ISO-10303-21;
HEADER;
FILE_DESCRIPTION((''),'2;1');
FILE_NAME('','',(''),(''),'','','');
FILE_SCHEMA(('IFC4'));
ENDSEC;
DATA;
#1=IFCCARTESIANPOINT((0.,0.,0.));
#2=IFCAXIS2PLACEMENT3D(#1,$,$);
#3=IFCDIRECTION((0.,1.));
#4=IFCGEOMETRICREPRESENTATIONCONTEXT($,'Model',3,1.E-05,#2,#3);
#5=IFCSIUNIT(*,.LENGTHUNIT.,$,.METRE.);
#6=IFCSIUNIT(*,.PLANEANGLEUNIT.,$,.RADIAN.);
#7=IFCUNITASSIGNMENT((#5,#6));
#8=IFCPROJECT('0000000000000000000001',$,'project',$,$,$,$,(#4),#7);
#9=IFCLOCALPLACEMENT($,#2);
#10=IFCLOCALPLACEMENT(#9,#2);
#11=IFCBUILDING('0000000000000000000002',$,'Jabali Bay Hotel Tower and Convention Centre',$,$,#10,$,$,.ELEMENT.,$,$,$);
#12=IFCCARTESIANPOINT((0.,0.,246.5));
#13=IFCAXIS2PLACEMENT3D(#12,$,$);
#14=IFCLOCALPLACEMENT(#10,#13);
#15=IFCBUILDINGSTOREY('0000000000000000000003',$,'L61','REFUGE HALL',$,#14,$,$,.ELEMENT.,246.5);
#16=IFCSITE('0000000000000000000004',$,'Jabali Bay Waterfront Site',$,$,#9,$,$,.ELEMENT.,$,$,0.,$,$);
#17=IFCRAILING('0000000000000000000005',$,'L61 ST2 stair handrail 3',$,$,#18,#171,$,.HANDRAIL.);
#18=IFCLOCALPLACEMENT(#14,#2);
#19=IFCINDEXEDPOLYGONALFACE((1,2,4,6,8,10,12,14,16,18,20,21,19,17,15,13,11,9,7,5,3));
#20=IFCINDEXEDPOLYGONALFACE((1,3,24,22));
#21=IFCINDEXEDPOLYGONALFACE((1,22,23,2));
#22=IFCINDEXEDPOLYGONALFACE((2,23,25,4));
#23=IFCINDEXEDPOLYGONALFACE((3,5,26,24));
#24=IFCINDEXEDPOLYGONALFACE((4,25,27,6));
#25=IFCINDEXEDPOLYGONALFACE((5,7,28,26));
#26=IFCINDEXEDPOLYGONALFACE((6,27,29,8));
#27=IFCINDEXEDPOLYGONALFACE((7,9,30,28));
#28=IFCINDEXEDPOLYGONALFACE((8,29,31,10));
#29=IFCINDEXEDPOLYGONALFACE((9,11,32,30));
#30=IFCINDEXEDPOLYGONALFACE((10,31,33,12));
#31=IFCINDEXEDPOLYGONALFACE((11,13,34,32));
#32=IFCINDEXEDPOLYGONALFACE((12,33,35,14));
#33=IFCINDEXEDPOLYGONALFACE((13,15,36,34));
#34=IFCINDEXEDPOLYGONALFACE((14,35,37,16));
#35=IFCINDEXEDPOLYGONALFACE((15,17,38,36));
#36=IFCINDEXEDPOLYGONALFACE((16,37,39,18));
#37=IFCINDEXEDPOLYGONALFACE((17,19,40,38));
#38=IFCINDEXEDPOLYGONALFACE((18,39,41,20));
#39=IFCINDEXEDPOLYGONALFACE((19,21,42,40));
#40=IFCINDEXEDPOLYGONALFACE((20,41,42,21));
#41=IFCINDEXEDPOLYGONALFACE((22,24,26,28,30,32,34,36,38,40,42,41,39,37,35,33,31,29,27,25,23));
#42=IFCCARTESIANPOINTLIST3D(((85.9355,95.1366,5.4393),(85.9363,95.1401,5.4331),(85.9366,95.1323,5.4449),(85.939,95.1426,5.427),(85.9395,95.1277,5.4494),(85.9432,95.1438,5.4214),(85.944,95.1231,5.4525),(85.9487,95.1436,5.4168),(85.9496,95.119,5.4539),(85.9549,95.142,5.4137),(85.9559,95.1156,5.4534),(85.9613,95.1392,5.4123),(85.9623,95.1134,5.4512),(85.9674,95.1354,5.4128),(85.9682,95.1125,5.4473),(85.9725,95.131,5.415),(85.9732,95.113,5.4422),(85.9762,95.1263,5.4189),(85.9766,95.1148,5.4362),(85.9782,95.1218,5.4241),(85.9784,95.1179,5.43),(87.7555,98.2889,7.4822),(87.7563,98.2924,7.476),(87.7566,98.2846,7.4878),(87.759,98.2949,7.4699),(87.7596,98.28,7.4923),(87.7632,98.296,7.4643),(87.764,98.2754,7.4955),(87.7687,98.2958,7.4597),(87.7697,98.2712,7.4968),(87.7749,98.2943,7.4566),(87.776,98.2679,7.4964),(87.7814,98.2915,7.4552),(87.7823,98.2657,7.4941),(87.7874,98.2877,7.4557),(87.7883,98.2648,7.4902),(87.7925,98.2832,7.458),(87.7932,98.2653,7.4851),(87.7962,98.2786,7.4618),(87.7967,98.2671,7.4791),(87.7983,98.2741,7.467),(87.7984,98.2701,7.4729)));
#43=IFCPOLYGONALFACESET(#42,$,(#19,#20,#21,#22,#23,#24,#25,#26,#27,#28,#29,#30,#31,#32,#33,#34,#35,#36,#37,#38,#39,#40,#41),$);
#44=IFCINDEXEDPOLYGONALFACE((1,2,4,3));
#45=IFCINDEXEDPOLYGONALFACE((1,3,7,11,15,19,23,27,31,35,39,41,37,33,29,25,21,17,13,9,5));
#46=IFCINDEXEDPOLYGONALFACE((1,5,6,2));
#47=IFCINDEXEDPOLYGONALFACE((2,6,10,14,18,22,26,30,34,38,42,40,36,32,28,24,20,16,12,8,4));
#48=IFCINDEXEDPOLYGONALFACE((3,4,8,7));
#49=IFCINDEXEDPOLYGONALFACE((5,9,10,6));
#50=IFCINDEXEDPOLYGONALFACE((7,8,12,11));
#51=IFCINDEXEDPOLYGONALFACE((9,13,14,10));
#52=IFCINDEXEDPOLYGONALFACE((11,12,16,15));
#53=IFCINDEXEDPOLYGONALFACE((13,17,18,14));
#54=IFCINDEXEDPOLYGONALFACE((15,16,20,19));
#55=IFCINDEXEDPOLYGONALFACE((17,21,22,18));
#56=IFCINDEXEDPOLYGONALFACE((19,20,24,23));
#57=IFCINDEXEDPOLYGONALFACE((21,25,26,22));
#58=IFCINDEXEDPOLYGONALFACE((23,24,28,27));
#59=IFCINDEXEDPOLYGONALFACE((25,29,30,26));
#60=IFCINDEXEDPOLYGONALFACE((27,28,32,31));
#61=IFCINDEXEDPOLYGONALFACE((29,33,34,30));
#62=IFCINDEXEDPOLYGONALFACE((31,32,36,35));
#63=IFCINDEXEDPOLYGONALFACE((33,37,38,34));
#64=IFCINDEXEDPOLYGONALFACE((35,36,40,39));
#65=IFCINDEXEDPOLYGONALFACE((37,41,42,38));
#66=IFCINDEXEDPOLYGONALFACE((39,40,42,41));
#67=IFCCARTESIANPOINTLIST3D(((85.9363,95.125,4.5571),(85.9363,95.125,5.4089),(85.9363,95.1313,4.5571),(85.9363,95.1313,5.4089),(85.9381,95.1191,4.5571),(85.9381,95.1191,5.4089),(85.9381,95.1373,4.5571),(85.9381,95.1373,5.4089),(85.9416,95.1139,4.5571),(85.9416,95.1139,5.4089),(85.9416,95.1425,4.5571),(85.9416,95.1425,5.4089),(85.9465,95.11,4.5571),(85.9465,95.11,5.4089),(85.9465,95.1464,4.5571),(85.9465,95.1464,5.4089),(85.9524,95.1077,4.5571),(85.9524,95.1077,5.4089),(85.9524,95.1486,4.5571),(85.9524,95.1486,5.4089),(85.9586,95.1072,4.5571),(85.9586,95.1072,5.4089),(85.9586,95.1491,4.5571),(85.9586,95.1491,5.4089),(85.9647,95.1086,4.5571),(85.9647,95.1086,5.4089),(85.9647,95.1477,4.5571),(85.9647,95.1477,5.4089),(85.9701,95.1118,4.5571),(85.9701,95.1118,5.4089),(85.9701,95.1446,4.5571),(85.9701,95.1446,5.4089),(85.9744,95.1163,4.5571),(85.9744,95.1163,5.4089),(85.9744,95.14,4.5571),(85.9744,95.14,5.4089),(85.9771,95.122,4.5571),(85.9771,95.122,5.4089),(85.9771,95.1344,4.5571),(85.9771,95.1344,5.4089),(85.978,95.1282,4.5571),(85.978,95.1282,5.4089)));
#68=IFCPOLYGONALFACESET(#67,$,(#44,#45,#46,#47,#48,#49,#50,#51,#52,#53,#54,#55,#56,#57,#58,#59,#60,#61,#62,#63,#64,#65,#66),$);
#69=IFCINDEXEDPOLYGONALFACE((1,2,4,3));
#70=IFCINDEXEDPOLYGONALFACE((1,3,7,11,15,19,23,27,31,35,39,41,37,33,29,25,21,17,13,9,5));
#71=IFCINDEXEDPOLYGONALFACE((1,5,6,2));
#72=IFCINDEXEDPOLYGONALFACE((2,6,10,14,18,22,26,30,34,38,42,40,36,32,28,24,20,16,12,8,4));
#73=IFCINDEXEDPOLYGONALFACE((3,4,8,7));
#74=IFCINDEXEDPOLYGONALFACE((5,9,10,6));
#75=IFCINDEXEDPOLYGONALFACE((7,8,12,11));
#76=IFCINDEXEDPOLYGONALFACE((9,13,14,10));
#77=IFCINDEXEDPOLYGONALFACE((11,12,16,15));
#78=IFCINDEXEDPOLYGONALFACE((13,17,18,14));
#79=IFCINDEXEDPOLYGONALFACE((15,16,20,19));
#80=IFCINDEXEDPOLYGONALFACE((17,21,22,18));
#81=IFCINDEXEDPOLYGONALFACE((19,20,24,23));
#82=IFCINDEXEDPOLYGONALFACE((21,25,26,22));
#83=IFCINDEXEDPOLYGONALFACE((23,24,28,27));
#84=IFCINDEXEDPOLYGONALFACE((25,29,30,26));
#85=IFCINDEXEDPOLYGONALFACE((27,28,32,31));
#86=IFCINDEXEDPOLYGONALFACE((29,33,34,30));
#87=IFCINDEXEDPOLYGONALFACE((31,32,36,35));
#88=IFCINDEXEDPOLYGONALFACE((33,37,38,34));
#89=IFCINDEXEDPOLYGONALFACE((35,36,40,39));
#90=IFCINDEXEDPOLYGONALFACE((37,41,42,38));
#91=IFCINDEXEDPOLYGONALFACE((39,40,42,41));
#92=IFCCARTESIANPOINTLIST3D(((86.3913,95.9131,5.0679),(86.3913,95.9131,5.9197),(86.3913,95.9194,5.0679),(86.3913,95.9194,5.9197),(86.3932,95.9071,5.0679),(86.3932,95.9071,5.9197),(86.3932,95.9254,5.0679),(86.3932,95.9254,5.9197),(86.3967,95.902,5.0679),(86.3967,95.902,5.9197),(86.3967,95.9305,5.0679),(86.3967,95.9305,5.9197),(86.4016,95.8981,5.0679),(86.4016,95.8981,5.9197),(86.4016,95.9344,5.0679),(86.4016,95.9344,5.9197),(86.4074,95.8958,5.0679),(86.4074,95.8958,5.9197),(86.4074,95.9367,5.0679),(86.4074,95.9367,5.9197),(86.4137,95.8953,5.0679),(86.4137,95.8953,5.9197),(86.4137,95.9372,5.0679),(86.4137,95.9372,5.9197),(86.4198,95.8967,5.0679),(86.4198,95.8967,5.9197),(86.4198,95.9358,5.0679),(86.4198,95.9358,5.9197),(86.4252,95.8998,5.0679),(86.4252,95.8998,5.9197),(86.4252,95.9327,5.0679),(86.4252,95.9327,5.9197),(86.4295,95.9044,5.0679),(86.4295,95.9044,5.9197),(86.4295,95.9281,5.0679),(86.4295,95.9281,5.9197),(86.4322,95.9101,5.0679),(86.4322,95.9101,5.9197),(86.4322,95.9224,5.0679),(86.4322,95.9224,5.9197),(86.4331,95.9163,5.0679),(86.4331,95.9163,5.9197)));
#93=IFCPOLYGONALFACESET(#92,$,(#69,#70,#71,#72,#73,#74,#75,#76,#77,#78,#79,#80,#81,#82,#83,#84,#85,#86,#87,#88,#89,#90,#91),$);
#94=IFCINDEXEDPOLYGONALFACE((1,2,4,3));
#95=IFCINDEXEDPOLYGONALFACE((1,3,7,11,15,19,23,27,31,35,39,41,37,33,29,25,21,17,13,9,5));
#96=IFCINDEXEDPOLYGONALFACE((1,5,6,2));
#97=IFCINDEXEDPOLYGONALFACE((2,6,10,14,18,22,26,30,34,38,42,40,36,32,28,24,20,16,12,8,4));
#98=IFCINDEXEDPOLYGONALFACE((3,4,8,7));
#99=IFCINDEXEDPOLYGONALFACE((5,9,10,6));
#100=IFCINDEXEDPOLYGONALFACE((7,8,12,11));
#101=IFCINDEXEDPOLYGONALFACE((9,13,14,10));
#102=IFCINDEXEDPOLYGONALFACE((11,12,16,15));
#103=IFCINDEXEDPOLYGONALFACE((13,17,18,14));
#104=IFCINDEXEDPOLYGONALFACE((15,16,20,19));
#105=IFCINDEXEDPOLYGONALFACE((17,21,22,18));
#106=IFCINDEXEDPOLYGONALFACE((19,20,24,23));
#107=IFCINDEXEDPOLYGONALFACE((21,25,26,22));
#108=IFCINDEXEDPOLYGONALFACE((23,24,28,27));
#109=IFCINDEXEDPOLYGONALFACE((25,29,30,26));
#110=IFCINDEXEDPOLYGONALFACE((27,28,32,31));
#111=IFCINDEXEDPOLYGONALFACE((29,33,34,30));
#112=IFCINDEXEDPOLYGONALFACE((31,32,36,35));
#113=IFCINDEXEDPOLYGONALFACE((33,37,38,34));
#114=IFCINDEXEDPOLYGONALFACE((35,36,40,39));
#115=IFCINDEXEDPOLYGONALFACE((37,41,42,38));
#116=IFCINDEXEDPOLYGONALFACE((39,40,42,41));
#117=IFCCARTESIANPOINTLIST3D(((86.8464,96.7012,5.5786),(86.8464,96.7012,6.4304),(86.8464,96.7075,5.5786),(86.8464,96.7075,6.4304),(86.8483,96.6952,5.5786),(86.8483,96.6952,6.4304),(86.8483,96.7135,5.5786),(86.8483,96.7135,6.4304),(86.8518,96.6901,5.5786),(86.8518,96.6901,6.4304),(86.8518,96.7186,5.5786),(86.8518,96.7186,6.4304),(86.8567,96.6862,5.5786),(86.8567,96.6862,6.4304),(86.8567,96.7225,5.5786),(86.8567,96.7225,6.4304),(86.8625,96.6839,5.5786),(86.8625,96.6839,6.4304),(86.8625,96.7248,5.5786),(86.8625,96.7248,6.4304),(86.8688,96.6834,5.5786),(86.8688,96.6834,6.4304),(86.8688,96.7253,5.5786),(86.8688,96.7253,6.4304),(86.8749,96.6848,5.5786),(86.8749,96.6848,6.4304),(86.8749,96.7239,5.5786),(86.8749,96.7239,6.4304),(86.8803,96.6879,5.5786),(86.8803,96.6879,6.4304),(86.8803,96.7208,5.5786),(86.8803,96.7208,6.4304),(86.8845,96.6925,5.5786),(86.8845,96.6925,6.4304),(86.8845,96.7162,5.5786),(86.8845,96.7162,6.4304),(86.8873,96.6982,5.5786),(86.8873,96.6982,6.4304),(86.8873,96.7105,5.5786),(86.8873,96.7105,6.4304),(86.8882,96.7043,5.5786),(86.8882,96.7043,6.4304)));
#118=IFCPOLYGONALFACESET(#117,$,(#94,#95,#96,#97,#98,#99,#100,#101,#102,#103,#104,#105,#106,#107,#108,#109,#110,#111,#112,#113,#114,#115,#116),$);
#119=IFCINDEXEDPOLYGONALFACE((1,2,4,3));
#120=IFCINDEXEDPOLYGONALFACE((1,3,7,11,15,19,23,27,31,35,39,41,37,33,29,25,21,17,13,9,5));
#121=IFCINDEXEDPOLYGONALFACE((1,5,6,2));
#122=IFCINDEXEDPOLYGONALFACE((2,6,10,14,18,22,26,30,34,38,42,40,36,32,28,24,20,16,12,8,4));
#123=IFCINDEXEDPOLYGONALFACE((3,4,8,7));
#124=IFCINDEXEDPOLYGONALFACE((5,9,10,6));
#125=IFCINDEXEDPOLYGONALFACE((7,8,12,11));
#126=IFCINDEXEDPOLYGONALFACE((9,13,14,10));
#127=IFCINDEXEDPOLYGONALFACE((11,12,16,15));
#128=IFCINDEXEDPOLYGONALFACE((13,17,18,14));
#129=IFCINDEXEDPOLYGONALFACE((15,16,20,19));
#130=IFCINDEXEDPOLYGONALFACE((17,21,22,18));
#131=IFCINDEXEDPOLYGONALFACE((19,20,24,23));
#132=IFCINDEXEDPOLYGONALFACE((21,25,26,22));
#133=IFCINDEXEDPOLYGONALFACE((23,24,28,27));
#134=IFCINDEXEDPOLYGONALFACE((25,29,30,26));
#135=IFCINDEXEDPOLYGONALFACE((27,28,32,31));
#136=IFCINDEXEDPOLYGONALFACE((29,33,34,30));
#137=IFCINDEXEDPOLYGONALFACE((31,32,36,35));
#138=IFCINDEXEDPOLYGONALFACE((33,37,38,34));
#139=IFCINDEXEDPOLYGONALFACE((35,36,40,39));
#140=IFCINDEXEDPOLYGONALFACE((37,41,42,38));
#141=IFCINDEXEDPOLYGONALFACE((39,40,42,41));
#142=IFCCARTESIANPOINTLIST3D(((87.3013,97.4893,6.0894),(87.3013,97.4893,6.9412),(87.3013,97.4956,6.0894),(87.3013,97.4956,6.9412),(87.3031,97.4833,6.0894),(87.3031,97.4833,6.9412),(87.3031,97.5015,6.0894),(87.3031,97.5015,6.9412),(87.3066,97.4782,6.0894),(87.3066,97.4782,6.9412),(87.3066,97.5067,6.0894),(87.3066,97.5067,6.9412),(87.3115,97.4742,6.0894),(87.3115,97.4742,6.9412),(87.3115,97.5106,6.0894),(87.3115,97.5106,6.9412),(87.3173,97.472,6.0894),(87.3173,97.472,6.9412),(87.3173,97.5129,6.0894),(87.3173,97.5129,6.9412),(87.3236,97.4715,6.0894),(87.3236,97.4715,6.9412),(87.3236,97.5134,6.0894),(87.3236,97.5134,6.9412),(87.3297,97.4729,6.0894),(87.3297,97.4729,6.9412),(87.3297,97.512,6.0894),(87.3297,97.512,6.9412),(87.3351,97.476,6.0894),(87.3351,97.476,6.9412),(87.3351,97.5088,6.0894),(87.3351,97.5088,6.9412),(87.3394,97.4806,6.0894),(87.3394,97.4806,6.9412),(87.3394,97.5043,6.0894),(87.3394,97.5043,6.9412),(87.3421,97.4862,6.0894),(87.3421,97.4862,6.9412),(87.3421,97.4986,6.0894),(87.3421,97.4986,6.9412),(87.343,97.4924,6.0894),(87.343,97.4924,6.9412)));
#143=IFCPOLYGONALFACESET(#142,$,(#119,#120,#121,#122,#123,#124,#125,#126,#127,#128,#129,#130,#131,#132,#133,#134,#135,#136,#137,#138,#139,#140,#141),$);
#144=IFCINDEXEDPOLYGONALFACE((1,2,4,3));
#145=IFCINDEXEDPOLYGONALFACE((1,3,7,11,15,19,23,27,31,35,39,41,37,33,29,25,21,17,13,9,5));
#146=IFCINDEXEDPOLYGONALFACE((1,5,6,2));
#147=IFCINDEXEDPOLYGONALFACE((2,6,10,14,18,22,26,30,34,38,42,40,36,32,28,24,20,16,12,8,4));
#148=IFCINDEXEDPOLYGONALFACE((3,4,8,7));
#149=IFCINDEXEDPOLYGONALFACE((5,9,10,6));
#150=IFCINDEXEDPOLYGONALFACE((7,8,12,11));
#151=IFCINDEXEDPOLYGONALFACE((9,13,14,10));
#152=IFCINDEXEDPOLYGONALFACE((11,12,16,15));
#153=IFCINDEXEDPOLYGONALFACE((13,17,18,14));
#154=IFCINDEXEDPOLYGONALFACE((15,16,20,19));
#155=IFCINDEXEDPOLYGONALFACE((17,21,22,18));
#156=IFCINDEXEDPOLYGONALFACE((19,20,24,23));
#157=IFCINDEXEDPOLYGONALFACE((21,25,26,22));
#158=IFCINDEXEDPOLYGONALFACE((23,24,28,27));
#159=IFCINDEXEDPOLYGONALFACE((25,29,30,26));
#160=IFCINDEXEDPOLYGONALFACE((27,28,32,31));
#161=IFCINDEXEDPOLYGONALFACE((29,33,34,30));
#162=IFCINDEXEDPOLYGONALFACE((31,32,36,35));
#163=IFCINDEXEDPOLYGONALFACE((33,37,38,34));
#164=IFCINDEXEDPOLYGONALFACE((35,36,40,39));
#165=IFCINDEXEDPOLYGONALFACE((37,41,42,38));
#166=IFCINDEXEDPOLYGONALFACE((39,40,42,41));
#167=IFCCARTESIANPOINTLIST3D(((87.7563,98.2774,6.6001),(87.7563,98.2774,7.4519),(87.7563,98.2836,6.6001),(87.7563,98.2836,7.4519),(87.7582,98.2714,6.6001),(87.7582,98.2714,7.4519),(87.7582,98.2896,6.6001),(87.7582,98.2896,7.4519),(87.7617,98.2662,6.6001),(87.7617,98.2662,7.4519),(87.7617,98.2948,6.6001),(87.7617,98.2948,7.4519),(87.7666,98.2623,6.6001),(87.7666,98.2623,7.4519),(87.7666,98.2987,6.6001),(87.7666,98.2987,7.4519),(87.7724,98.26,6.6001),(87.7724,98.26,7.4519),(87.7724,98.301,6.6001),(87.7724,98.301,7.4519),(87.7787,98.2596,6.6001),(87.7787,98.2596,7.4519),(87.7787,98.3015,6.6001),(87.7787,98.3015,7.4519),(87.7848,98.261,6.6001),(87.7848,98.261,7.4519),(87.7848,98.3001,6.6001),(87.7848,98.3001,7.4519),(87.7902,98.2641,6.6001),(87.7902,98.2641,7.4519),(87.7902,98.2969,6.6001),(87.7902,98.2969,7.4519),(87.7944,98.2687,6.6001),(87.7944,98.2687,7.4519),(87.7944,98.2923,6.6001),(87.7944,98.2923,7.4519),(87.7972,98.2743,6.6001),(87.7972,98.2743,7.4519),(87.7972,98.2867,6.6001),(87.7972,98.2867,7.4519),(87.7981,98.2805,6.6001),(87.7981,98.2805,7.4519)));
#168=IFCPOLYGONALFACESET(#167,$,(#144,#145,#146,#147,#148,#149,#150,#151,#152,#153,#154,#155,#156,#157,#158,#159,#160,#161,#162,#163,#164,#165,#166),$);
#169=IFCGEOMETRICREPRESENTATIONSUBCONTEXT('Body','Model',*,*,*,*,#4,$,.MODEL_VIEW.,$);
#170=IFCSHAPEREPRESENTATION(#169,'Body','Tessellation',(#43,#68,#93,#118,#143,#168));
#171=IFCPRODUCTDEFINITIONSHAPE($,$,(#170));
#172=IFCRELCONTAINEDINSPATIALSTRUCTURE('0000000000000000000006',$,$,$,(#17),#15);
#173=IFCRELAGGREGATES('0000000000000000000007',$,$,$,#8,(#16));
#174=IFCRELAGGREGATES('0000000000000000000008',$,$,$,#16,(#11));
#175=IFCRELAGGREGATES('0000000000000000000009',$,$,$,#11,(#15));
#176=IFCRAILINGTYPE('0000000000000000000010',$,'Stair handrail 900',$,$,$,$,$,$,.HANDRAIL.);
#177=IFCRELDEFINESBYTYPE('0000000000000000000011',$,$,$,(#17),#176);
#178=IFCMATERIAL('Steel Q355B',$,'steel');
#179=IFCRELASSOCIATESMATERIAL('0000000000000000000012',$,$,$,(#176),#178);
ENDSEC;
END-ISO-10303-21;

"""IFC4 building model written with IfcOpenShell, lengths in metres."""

from ifc_helpers import new_model, si_unit, direction, frame, origin, origin_2d, place, context, subcontext, project, spatial, circle, extrude, material, type_object, element, save


model = new_model("IFC4")

# Units and contexts
model_context = context("Model", 3, precision=1e-05, world=origin(), true_north=direction((0.0, 1.0)))
body_context = subcontext(model_context, "Body", "Model", "MODEL_VIEW")
ifc_project = project(units=[si_unit("LENGTHUNIT", "METRE"), si_unit("PLANEANGLEUNIT", "RADIAN")], contexts=[model_context])

# Site, building, storey
site_placement = place(None, origin())
site = spatial("IfcSite", under=ifc_project, at=site_placement, Name="Jabali Bay Waterfront Site", CompositionType="ELEMENT", RefElevation=0.0)
building_placement = place(site_placement, origin())
building = spatial("IfcBuilding", under=site, at=building_placement, Name="Jabali Bay Hotel Tower and Convention Centre", CompositionType="ELEMENT")
storey_placement = place(building_placement, frame((0.0, 0.0, 246.5)))
storey = spatial("IfcBuildingStorey", under=building, at=storey_placement, Name="L61", Description="REFUGE HALL", CompositionType="ELEMENT", Elevation=246.5)

# Railing
ifc_material_1 = material(Name="Steel Q355B", Category="steel")
railing_type_1 = type_object("IfcRailingType", Name="Stair handrail 900", PredefinedType="HANDRAIL", material=ifc_material_1)
railing_1_placement = place(storey_placement, frame((85.957, 95.1282, 4.5571)))
element("IfcRailing", 1, at=railing_1_placement, inside=storey, type_object=railing_type_1, Name="L61 ST2 stair handrail 3", PredefinedType="HANDRAIL", context=body_context, shape_type="SweptSolid", body=[
    extrude(circle(Radius=0.0239, at=origin_2d()), frame((0.0, 0.0, 0.876), z_axis=(0.436032, 0.755204, 0.489432), x_axis=(-0.866018, 0.500013, 0.0)), (0.0, 0.0, 1.0), 4.1741),
    extrude(circle(Radius=0.021, at=origin_2d()), origin(), (0.0, 0.0, 1.0), 0.8518),
    extrude(circle(Radius=0.021, at=origin_2d()), frame((0.4551, 0.7881, 0.5107)), (0.0, 0.0, 1.0), 0.8518),
    extrude(circle(Radius=0.021, at=origin_2d()), frame((0.9102, 1.5762, 1.0215)), (0.0, 0.0, 1.0), 0.8518),
    extrude(circle(Radius=0.021, at=origin_2d()), frame((1.365, 2.3643, 1.5322)), (0.0, 0.0, 1.0), 0.8518),
    extrude(circle(Radius=0.021, at=origin_2d()), frame((1.8201, 3.1523, 2.043)), (0.0, 0.0, 1.0), 0.8518),
])

save(model, "model.ifc")
